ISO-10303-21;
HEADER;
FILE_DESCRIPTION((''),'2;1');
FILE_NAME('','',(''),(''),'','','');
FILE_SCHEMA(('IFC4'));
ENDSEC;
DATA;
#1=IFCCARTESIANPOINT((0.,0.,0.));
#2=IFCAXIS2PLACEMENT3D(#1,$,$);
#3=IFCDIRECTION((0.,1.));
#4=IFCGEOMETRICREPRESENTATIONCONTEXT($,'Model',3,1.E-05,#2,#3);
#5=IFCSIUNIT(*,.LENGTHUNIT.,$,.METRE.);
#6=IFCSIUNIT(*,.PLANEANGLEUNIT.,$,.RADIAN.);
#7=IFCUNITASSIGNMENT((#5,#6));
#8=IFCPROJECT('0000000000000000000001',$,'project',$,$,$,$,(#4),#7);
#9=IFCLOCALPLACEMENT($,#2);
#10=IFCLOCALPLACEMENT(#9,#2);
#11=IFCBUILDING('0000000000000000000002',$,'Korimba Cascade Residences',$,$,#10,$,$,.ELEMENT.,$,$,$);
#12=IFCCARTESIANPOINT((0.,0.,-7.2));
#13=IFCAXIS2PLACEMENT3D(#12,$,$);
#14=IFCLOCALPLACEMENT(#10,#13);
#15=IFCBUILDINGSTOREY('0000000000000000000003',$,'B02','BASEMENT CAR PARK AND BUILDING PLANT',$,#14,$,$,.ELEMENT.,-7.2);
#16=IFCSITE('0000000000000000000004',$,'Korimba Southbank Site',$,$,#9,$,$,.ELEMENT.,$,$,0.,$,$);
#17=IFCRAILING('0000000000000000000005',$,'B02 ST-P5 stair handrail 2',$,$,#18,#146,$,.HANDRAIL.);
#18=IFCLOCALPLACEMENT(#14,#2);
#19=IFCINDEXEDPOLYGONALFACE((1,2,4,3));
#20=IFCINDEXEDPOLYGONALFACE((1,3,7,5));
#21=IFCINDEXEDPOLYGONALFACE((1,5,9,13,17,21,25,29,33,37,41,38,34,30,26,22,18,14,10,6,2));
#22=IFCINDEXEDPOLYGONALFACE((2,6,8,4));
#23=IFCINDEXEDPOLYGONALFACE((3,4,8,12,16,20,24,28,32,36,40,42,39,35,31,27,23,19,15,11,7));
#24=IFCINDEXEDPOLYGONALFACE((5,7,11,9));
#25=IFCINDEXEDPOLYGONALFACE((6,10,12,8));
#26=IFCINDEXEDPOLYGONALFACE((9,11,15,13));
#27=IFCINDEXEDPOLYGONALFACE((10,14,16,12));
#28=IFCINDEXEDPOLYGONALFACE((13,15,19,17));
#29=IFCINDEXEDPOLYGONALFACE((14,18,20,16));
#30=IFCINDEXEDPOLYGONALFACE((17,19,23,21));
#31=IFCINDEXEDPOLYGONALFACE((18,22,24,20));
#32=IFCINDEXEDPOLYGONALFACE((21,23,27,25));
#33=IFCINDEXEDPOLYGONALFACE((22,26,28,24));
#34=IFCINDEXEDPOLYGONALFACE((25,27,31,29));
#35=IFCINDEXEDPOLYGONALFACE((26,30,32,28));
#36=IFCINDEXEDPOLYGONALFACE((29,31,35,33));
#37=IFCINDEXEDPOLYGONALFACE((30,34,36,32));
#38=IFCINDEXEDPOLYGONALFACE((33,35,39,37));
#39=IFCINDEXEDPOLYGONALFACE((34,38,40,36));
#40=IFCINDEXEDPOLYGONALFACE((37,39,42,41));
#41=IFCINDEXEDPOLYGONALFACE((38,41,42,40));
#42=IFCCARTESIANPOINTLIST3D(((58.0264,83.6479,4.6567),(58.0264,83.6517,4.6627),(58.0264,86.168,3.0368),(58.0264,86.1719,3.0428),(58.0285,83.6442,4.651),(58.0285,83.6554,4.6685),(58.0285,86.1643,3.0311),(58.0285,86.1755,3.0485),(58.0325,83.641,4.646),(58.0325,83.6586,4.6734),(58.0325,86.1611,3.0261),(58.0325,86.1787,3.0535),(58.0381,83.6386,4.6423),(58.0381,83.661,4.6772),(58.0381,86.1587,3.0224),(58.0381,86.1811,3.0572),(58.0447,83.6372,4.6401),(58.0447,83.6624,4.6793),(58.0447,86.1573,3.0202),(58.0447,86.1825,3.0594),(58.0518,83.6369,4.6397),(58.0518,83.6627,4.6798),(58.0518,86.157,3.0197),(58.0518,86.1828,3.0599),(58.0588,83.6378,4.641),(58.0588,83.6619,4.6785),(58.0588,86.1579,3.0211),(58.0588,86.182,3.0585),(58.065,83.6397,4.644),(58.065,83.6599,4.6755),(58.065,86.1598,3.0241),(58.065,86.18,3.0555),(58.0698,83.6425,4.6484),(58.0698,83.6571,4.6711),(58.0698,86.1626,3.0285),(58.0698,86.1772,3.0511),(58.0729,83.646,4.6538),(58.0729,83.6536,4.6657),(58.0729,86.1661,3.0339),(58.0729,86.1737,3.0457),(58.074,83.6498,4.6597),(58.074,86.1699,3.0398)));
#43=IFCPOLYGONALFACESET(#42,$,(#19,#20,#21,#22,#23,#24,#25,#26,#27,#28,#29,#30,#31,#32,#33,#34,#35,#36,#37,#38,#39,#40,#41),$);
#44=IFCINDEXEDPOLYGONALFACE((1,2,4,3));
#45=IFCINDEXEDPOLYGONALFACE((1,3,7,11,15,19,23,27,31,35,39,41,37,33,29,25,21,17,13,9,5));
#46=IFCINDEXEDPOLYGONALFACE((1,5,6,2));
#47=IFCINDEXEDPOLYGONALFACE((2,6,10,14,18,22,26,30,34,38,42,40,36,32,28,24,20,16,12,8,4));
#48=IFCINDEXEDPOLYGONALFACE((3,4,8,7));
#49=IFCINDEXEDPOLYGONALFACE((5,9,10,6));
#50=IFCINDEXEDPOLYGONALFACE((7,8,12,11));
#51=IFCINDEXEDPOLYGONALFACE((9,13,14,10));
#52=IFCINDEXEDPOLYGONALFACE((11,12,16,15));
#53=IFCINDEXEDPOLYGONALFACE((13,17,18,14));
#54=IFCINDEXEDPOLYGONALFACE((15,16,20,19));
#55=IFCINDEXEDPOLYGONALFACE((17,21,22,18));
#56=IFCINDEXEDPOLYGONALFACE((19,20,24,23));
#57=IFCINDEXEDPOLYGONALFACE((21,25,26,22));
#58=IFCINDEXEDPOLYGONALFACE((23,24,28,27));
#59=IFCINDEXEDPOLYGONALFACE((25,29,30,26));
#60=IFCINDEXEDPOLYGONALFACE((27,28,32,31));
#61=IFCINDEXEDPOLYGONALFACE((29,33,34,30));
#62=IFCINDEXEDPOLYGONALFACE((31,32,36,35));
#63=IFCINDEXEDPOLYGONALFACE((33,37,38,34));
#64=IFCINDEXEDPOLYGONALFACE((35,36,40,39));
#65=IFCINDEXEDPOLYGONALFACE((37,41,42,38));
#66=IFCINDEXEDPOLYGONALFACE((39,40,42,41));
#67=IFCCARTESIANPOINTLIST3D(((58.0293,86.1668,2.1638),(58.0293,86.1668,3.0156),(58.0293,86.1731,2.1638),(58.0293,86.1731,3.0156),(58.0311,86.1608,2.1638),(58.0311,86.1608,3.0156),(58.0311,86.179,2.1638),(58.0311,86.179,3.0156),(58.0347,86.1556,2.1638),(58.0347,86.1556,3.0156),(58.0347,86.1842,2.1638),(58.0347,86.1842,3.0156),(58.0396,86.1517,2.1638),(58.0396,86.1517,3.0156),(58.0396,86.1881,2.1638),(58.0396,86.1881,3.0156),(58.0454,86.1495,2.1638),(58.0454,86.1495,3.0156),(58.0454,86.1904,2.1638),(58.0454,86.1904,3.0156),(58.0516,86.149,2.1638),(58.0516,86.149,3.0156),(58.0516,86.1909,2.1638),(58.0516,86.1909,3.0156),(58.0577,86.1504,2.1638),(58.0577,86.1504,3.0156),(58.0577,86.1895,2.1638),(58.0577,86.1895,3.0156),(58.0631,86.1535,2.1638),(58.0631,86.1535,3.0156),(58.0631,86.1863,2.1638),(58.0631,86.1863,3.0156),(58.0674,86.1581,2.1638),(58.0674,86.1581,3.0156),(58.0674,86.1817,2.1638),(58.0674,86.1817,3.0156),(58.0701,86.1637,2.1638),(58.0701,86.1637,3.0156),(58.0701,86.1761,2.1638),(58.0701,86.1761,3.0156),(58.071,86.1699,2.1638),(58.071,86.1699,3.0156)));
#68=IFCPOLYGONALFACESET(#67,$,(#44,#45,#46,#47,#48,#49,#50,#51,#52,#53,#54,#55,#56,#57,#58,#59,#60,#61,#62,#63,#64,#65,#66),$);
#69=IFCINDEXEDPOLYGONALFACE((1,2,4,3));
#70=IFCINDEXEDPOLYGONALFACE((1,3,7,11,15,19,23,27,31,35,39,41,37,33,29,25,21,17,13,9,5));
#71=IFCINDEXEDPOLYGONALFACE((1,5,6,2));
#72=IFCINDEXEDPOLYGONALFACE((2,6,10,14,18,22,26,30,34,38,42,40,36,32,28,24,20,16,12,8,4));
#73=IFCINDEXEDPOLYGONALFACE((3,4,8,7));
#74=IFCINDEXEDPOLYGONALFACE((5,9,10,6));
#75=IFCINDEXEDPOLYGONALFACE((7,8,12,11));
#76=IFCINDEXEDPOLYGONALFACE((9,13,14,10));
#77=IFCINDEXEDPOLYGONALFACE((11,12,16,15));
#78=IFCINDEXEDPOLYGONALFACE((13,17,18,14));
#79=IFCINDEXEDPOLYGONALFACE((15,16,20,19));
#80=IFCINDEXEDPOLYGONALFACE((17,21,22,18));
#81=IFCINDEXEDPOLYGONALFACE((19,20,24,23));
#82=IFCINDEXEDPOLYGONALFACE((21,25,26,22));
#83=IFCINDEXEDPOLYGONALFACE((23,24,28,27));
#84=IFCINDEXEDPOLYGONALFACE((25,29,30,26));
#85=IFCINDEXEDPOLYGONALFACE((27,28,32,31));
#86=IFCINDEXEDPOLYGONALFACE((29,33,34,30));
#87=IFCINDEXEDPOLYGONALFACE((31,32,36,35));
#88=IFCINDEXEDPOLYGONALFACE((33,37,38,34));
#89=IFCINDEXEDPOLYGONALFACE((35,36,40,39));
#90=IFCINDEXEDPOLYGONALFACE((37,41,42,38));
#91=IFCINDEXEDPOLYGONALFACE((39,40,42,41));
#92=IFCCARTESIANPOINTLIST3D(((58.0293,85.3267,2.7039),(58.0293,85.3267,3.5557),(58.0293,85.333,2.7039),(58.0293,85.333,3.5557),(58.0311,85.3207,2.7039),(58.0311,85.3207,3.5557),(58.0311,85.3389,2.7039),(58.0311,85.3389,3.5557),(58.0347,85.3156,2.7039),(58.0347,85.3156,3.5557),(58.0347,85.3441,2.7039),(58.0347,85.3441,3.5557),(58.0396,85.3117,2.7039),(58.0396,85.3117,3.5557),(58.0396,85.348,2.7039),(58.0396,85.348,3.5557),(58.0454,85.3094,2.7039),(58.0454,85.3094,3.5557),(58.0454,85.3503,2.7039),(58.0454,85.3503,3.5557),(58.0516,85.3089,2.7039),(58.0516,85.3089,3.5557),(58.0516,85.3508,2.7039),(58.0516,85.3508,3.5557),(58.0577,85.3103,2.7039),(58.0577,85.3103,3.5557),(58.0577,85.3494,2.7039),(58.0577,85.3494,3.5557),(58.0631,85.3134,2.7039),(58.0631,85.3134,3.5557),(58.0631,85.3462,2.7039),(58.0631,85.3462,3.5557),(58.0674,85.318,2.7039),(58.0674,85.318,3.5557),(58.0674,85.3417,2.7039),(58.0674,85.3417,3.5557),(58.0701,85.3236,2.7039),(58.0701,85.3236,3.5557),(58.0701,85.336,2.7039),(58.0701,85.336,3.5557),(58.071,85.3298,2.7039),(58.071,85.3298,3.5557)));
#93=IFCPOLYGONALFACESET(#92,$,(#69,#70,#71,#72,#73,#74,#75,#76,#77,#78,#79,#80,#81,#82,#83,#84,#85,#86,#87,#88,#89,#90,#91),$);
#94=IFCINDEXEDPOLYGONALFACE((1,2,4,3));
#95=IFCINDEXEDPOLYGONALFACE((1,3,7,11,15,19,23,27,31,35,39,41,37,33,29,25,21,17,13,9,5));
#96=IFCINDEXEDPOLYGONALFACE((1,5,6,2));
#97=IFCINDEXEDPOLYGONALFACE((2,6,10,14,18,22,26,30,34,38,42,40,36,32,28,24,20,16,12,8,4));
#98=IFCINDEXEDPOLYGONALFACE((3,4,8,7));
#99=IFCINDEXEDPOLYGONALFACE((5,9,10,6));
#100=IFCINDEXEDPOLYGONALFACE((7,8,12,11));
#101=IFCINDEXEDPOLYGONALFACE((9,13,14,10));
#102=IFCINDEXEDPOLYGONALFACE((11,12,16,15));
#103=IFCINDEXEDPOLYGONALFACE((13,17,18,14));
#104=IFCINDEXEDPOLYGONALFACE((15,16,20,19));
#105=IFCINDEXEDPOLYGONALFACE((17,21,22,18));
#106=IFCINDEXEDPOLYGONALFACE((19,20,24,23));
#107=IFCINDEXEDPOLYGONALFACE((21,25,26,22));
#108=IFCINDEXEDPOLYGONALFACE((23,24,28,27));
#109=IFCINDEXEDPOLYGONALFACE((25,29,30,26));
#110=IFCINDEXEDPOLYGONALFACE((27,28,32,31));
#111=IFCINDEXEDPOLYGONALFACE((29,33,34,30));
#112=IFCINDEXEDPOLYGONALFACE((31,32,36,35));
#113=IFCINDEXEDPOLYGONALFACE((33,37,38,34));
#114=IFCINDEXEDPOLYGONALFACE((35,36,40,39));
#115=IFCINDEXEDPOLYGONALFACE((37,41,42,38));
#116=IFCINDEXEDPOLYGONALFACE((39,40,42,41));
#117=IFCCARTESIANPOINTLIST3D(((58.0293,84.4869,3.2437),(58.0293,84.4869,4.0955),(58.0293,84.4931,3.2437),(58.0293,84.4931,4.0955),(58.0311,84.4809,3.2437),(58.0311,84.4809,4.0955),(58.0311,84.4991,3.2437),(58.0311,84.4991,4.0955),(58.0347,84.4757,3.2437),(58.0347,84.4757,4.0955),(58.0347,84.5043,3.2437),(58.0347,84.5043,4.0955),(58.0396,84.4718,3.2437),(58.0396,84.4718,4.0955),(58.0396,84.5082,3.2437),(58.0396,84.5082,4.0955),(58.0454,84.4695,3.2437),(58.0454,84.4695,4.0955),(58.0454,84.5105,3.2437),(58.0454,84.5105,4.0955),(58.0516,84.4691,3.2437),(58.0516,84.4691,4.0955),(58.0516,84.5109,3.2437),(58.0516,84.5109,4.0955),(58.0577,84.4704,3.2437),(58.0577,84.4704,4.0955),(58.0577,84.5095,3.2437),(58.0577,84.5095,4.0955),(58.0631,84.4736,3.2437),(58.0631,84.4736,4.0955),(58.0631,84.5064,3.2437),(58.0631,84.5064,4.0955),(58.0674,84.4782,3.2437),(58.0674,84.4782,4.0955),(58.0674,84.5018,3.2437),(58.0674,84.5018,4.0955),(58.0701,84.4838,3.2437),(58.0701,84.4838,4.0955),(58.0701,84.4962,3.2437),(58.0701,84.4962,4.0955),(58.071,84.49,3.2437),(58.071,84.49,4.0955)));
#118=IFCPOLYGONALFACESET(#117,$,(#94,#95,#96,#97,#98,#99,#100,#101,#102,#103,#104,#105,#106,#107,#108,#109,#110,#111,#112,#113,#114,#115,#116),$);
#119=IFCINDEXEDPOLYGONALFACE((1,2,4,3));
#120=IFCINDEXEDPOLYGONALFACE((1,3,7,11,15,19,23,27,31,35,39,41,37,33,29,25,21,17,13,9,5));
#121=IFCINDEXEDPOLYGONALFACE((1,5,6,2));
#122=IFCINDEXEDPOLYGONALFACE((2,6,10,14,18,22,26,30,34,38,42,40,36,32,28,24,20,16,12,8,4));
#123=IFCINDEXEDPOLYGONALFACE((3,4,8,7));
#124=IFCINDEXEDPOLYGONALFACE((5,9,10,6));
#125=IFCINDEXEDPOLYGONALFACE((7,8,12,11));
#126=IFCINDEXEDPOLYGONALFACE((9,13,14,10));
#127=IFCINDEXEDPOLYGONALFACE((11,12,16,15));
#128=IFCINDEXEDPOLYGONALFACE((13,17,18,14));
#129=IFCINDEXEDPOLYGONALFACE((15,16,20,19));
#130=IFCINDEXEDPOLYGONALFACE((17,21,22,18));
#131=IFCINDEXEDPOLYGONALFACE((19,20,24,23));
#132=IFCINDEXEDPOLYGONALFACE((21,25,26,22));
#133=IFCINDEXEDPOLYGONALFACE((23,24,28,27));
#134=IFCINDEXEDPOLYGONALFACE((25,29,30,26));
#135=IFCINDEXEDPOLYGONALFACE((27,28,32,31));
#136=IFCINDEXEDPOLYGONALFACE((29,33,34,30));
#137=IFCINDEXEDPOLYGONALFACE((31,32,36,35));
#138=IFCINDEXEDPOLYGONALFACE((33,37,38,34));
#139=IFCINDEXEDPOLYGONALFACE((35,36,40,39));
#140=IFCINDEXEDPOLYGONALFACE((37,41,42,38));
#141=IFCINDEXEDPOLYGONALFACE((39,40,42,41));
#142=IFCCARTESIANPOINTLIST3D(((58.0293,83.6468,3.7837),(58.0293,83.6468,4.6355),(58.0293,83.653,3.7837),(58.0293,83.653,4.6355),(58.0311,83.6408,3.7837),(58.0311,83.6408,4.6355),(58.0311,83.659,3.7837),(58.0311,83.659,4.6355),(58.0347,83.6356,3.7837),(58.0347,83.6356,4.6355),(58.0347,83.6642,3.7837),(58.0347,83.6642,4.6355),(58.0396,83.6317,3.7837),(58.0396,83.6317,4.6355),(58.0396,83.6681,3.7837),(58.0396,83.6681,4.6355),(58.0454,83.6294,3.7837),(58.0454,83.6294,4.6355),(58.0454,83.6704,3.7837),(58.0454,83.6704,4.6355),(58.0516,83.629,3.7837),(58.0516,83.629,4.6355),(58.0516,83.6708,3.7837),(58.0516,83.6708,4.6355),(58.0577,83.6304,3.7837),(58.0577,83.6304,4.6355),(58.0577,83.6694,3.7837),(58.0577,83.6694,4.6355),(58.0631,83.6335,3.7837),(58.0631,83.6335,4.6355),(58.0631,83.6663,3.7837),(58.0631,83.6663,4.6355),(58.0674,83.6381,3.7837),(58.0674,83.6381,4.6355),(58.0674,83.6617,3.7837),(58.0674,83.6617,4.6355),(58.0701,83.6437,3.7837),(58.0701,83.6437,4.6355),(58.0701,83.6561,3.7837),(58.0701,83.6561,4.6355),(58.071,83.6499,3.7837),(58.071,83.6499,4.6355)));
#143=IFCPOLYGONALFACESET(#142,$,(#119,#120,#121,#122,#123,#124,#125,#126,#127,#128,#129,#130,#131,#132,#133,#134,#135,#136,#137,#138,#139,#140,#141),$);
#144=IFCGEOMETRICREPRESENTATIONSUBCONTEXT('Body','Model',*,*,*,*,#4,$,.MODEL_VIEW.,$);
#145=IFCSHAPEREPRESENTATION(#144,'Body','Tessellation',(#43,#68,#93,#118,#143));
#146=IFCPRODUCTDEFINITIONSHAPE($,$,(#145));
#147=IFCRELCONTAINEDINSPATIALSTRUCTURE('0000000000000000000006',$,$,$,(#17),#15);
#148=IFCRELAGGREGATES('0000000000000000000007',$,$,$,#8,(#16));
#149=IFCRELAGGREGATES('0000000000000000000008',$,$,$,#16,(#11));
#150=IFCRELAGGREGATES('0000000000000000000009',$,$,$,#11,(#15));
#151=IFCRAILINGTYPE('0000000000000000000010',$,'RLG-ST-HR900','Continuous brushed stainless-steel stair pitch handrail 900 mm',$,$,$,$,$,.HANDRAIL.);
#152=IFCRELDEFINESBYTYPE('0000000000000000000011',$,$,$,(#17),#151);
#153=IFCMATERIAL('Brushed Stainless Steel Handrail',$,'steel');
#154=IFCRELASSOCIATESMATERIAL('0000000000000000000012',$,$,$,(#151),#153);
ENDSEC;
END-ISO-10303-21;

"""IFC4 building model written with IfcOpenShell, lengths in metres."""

from ifc_helpers import new_model, si_unit, direction, frame, origin, origin_2d, place, context, subcontext, project, spatial, circle, extrude, material, type_object, element, save


model = new_model("IFC4")

# Units and contexts
model_context = context("Model", 3, precision=1e-05, world=origin(), true_north=direction((0.0, 1.0)))
body_context = subcontext(model_context, "Body", "Model", "MODEL_VIEW")
ifc_project = project(units=[si_unit("LENGTHUNIT", "METRE"), si_unit("PLANEANGLEUNIT", "RADIAN")], contexts=[model_context])

# Site, building, storey
site_placement = place(None, origin())
site = spatial("IfcSite", under=ifc_project, at=site_placement, Name="Korimba Southbank Site", CompositionType="ELEMENT", RefElevation=0.0)
building_placement = place(site_placement, origin())
building = spatial("IfcBuilding", under=site, at=building_placement, Name="Korimba Cascade Residences", CompositionType="ELEMENT")
storey_placement = place(building_placement, frame((0.0, 0.0, -7.2)))
storey = spatial("IfcBuildingStorey", under=building, at=storey_placement, Name="B02", Description="BASEMENT CAR PARK AND BUILDING PLANT", CompositionType="ELEMENT", Elevation=-7.2)

# Railing
ifc_material_1 = material(Name="Brushed Stainless Steel Handrail", Category="steel")
railing_type_1 = type_object("IfcRailingType", Name="RLG-ST-HR900", Description="Continuous brushed stainless-steel stair pitch handrail 900 mm", PredefinedType="HANDRAIL", material=ifc_material_1)
railing_1_placement = place(storey_placement, frame((58.05, 86.1699, 2.1638)))
element("IfcRailing", 1, at=railing_1_placement, inside=storey, type_object=railing_type_1, Name="B02 ST-P5 stair handrail 2", PredefinedType="HANDRAIL", context=body_context, shape_type="SweptSolid", body=[
    extrude(circle(Radius=0.0239, at=origin_2d()), frame((0.0, 0.0, 0.876), z_axis=(0.0, -0.8412, 0.540725), x_axis=(1.0, 0.0, 0.0)), (0.0, 0.0, 1.0), 2.9958),
    extrude(circle(Radius=0.021, at=origin_2d()), origin(), (0.0, 0.0, 1.0), 0.8518),
    extrude(circle(Radius=0.021, at=origin_2d()), frame((0.0, -0.8401, 0.54)), (0.0, 0.0, 1.0), 0.8518),
    extrude(circle(Radius=0.021, at=origin_2d()), frame((0.0, -1.6799, 1.0798)), (0.0, 0.0, 1.0), 0.8518),
    extrude(circle(Radius=0.021, at=origin_2d()), frame((0.0, -2.52, 1.6199)), (0.0, 0.0, 1.0), 0.8518),
])

save(model, "model.ifc")
